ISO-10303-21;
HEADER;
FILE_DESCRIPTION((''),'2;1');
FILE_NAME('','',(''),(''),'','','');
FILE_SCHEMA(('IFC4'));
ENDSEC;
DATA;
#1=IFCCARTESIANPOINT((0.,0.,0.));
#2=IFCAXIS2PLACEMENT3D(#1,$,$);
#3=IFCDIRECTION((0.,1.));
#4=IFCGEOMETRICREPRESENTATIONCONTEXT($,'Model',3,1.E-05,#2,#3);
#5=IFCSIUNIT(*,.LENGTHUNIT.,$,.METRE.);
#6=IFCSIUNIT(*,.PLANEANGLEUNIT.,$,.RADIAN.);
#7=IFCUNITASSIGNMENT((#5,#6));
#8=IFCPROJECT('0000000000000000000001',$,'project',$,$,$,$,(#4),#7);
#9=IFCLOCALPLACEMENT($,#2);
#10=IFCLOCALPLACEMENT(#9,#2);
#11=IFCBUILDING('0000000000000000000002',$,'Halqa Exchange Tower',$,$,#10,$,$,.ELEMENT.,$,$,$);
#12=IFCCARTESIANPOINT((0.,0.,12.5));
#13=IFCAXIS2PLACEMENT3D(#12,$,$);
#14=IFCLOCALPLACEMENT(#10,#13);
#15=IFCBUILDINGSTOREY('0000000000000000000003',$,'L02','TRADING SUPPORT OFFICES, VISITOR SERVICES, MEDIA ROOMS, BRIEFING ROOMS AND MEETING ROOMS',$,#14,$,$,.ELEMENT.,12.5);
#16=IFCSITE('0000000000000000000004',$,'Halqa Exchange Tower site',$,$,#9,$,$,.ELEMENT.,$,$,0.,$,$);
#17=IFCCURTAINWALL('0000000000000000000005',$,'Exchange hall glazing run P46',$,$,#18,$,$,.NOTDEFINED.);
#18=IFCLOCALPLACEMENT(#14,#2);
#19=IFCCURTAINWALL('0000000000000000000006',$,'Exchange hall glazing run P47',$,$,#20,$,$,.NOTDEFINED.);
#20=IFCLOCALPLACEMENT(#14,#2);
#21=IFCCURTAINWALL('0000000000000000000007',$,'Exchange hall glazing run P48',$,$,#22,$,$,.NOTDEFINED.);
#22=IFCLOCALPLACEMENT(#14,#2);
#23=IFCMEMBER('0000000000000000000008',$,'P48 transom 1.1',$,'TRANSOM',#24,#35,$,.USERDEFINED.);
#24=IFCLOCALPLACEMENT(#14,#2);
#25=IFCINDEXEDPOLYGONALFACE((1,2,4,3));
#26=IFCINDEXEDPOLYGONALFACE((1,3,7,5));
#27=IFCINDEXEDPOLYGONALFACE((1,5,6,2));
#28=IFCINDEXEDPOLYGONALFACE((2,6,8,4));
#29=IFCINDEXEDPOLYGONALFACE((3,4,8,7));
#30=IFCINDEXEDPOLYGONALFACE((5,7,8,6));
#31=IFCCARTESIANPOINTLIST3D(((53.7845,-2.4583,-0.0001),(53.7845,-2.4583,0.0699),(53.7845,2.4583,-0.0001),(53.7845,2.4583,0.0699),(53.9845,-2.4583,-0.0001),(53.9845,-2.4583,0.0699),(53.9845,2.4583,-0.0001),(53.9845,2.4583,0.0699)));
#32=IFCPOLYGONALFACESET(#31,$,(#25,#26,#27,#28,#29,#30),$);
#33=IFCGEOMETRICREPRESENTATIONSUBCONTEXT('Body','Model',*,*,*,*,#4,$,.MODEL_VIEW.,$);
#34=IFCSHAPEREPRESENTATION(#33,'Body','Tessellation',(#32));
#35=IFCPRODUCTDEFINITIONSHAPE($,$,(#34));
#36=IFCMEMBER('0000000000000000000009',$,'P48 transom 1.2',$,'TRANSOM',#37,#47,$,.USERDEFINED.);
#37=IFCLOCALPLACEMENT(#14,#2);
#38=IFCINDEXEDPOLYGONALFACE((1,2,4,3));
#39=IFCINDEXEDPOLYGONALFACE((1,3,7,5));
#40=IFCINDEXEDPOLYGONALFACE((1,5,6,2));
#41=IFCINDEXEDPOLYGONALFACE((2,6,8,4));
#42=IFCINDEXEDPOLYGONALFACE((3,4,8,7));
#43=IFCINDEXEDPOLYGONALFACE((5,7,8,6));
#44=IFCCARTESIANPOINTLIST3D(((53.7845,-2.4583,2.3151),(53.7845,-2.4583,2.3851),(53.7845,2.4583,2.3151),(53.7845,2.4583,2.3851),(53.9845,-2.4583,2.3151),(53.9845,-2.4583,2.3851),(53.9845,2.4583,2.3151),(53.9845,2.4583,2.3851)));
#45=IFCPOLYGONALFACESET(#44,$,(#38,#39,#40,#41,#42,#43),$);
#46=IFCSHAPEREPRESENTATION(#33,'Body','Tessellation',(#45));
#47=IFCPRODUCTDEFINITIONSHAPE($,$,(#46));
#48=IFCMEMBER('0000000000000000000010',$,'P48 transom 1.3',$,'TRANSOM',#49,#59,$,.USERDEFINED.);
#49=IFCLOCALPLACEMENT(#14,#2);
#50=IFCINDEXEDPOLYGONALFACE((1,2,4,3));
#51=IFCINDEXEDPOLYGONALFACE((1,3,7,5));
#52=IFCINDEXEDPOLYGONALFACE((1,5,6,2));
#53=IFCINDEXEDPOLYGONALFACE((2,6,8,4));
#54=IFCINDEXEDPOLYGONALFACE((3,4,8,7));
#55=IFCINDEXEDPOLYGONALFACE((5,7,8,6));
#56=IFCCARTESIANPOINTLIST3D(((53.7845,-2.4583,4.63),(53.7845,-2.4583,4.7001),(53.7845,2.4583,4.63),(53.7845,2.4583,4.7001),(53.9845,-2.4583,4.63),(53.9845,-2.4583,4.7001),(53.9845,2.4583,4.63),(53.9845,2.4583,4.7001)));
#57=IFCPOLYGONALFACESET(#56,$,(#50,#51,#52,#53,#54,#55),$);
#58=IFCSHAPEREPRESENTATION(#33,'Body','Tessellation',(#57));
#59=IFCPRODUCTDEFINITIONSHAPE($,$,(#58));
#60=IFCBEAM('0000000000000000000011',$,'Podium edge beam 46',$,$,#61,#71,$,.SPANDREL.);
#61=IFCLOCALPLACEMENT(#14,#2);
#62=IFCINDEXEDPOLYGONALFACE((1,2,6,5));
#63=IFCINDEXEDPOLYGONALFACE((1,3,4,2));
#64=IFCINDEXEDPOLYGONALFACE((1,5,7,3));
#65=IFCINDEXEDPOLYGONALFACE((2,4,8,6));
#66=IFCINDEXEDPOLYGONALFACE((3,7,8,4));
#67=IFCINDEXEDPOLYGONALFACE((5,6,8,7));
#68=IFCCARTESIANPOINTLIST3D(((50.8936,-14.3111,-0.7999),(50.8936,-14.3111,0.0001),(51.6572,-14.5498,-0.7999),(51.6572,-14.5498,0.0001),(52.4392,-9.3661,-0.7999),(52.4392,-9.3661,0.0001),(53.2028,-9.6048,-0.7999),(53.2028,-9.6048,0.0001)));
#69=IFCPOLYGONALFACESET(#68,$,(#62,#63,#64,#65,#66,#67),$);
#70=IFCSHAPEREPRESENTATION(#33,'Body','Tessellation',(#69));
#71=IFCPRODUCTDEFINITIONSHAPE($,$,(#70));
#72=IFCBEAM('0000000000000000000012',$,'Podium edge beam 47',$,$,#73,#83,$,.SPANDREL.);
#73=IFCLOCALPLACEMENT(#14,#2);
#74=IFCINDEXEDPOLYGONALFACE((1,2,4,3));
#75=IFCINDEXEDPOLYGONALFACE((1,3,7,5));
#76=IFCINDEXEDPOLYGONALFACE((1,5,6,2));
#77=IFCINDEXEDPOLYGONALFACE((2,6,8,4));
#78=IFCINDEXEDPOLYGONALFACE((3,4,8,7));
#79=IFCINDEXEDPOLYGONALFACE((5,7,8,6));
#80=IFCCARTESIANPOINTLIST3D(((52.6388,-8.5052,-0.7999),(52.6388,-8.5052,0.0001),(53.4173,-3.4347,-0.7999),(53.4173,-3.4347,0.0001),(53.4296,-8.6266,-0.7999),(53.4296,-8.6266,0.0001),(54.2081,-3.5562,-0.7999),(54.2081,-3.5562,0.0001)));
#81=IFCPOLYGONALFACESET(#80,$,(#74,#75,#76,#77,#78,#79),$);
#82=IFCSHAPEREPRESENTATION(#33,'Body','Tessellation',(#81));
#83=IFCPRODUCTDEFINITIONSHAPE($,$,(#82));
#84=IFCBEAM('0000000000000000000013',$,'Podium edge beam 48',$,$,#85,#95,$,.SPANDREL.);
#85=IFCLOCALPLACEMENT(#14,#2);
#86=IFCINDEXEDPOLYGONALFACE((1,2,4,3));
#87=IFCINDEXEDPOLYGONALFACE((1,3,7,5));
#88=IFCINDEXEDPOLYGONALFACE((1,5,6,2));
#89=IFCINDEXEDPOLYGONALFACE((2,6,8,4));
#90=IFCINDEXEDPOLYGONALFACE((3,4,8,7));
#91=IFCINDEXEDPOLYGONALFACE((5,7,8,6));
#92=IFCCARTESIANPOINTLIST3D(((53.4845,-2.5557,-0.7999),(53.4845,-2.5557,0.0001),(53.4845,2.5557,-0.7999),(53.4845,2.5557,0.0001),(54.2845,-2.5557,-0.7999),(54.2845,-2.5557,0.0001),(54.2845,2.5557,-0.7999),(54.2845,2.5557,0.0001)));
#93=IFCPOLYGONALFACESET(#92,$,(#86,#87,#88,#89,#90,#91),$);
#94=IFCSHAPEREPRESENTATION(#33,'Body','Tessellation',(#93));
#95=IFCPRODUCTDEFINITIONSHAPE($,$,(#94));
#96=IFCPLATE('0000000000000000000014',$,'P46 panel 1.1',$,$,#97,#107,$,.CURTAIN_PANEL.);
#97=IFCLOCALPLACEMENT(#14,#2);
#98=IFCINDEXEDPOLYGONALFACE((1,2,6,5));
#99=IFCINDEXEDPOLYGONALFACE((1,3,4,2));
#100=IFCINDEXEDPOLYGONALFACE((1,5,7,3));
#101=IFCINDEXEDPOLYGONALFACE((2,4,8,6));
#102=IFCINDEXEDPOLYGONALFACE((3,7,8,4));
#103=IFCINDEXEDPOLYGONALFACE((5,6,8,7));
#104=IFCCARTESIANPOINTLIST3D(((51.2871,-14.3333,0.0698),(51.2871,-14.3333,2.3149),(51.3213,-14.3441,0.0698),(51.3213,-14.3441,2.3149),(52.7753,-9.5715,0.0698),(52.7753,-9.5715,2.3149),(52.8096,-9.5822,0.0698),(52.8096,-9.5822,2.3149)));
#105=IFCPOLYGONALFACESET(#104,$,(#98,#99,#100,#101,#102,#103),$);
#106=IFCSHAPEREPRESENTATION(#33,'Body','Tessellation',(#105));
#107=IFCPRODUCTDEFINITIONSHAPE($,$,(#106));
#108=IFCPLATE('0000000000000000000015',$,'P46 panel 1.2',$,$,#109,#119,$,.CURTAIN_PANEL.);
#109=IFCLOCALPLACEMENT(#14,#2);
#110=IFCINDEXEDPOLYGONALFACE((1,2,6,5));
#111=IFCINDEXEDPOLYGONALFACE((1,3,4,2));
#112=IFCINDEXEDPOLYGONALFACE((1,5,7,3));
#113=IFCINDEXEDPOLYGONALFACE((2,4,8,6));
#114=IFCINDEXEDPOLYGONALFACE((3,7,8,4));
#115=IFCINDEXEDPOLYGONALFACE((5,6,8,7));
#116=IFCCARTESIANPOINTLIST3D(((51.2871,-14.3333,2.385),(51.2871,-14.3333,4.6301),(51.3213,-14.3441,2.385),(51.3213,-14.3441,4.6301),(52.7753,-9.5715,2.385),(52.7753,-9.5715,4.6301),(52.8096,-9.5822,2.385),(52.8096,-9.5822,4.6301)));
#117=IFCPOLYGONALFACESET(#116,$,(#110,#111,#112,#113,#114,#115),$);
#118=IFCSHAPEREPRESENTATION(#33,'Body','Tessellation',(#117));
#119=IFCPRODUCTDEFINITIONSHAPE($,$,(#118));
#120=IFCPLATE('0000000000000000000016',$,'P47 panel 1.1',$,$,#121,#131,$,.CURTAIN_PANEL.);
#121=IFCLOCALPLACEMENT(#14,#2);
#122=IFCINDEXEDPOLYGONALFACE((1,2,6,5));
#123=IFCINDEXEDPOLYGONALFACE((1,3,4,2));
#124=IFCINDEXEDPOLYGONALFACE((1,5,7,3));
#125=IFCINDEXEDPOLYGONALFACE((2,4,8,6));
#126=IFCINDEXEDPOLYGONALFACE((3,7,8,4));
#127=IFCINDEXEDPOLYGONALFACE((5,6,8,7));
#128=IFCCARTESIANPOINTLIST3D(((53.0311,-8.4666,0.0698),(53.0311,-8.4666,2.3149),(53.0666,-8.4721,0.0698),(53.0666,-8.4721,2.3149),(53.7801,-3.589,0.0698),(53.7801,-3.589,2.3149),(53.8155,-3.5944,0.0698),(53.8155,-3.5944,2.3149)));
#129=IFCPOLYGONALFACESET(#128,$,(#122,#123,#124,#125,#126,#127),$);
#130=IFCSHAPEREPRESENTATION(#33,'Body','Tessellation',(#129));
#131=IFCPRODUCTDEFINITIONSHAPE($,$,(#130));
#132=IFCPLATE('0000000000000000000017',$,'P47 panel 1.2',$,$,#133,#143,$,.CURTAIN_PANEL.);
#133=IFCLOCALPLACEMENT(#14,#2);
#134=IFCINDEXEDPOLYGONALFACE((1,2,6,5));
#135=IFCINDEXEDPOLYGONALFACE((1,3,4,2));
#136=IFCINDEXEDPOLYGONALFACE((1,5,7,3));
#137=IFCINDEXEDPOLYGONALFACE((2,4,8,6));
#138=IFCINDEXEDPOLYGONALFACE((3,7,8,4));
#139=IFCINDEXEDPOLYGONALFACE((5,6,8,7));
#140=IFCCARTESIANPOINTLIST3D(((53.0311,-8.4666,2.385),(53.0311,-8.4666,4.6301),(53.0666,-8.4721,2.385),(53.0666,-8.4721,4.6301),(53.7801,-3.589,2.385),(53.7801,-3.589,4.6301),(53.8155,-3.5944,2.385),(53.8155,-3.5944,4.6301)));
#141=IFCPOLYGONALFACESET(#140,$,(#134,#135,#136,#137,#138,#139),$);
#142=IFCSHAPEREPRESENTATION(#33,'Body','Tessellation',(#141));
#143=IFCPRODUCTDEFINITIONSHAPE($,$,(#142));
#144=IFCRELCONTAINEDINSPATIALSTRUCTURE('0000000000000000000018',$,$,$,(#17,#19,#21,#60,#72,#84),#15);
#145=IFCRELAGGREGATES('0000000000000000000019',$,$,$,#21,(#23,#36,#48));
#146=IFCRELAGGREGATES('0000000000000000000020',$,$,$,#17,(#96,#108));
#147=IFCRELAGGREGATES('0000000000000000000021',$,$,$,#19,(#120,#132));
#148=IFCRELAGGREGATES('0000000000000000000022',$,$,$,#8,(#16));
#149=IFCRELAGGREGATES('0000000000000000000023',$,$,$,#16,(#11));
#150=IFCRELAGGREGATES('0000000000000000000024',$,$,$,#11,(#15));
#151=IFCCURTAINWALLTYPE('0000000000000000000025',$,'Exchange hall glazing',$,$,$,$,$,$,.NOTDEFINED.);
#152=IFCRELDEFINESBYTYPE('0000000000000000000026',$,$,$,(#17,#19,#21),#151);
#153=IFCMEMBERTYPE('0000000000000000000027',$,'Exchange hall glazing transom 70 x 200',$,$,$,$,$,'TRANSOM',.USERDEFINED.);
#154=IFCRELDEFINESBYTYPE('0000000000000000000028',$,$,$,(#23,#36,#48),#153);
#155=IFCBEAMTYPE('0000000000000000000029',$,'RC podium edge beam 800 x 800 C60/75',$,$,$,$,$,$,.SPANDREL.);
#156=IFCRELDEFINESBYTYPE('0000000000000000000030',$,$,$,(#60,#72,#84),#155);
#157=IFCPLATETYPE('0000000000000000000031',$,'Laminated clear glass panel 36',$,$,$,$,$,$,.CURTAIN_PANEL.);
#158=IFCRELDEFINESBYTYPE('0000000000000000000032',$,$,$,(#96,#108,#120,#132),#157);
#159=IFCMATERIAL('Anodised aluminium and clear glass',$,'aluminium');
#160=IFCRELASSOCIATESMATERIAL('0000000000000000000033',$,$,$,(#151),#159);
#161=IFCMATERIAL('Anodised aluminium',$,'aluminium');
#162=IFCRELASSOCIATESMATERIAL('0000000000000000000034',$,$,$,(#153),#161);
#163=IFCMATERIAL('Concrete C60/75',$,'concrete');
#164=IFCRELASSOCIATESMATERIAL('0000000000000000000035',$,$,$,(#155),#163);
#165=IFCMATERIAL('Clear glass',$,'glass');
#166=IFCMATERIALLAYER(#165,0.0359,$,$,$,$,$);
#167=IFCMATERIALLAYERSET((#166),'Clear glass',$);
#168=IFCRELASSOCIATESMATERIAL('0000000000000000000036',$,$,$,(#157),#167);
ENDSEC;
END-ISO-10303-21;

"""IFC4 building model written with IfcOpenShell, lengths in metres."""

from ifc_helpers import new_model, si_unit, direction, frame, origin, origin_2d, place, context, subcontext, project, spatial, rectangle, extrude, material, layer, layer_set, material_profile, profile_set, type_object, element, aggregate, save


model = new_model("IFC4")

# Units and contexts
model_context = context("Model", 3, precision=1e-05, world=origin(), true_north=direction((0.0, 1.0)))
body_context = subcontext(model_context, "Body", "Model", "MODEL_VIEW")
ifc_project = project(units=[si_unit("LENGTHUNIT", "METRE"), si_unit("PLANEANGLEUNIT", "RADIAN")], contexts=[model_context])

# Site, building, storey
site_placement = place(None, origin())
site = spatial("IfcSite", under=ifc_project, at=site_placement, Name="Halqa Exchange Tower site", CompositionType="ELEMENT", RefElevation=0.0)
building_placement = place(site_placement, origin())
building = spatial("IfcBuilding", under=site, at=building_placement, Name="Halqa Exchange Tower", CompositionType="ELEMENT")
storey_placement = place(building_placement, frame((0.0, 0.0, 12.5)))
storey = spatial("IfcBuildingStorey", under=building, at=storey_placement, Name="L02", Description="TRADING SUPPORT OFFICES, VISITOR SERVICES, MEDIA ROOMS, BRIEFING ROOMS AND MEETING ROOMS", CompositionType="ELEMENT", Elevation=12.5)

# Shared definitions
ifc_material_1 = material(Name="Concrete C60/75", Category="concrete")

# Shared definitions
ifc_material_2 = material(Name="Anodised aluminium and clear glass", Category="aluminium")
curtain_wall_type = type_object("IfcCurtainWallType", Name="Exchange hall glazing", PredefinedType="NOTDEFINED", material=ifc_material_2)
ifc_material_3 = material(Name="Anodised aluminium", Category="aluminium")

# Curtain walls
curtain_wall_1_placement = place(storey_placement, origin())
curtain_wall_1 = element("IfcCurtainWall", 1, at=curtain_wall_1_placement, inside=storey, type_object=curtain_wall_type, Name="Exchange hall glazing run P46", PredefinedType="NOTDEFINED")
curtain_wall_2_placement = place(storey_placement, origin())
curtain_wall_2 = element("IfcCurtainWall", 2, at=curtain_wall_2_placement, inside=storey, type_object=curtain_wall_type, Name="Exchange hall glazing run P47", PredefinedType="NOTDEFINED")

# Curtain wall
curtain_wall_3_placement = place(storey_placement, origin())
curtain_wall_3 = element("IfcCurtainWall", 3, at=curtain_wall_3_placement, inside=storey, type_object=curtain_wall_type, Name="Exchange hall glazing run P48", PredefinedType="NOTDEFINED")

# Members
ifc_material_profile_1 = material_profile(ifc_material_3, rectangle(XDim=0.2, YDim=0.0701, at=origin_2d()), Name="AL 70x200")
ifc_profile_set_1 = profile_set([ifc_material_profile_1], Name="Anodised aluminium")
member_type_1 = type_object("IfcMemberType", Name="Exchange hall glazing transom 70 x 200", ElementType="TRANSOM", PredefinedType="USERDEFINED", material=ifc_profile_set_1)
member_1_placement = place(storey_placement, frame((53.8845, -2.4583, 0.0349), z_axis=(0.0, 1.0, 0.0), x_axis=(-1.0, 0.0, 0.0)))
member_1 = element("IfcMember", 4, at=member_1_placement, type_object=member_type_1, Name="P48 transom 1.1", ObjectType="TRANSOM", PredefinedType="USERDEFINED", context=body_context, shape_type="SweptSolid", body=[
    extrude(rectangle(XDim=0.2, YDim=0.0701, at=origin_2d()), origin(), (0.0, 0.0, 1.0), 4.9165),
])
member_2_placement = place(storey_placement, frame((53.8845, -2.4583, 2.3501), z_axis=(0.0, 1.0, 0.0), x_axis=(-1.0, 0.0, 0.0)))
member_2 = element("IfcMember", 5, at=member_2_placement, type_object=member_type_1, Name="P48 transom 1.2", ObjectType="TRANSOM", PredefinedType="USERDEFINED", context=body_context, shape_type="SweptSolid", body=[
    extrude(rectangle(XDim=0.2, YDim=0.0701, at=origin_2d()), origin(), (0.0, 0.0, 1.0), 4.9165),
])
member_3_placement = place(storey_placement, frame((53.8845, -2.4583, 4.665), z_axis=(0.0, 1.0, 0.0), x_axis=(-1.0, 0.0, 0.0)))
member_3 = element("IfcMember", 6, at=member_3_placement, type_object=member_type_1, Name="P48 transom 1.3", ObjectType="TRANSOM", PredefinedType="USERDEFINED", context=body_context, shape_type="SweptSolid", body=[
    extrude(rectangle(XDim=0.2, YDim=0.0701, at=origin_2d()), origin(), (0.0, 0.0, 1.0), 4.9165),
])
aggregate(curtain_wall_3, [member_1, member_2, member_3])

# Beams
ifc_material_profile_2 = material_profile(ifc_material_1, rectangle(XDim=0.8, YDim=0.8, at=origin_2d()), Name="800 x 800")
ifc_profile_set_2 = profile_set([ifc_material_profile_2], Name="Concrete C60/75")
beam_type = type_object("IfcBeamType", Name="RC podium edge beam 800 x 800 C60/75", PredefinedType="SPANDREL", material=ifc_profile_set_2)
beam_1_placement = place(storey_placement, frame((51.2754, -14.4304, -0.3999), z_axis=(0.298331, 0.954462, 0.0), x_axis=(-0.954462, 0.298331, 0.0)))
element("IfcBeam", 7, at=beam_1_placement, inside=storey, type_object=beam_type, Name="Podium edge beam 46", PredefinedType="SPANDREL", context=body_context, shape_type="SweptSolid", body=[
    extrude(rectangle(XDim=0.8, YDim=0.8, at=origin_2d()), origin(), (0.0, 0.0, 1.0), 5.1809),
])
beam_2_placement = place(storey_placement, frame((53.0342, -8.5659, -0.3999), z_axis=(0.151768, 0.988416, 0.0), x_axis=(-0.988416, 0.151768, 0.0)))
element("IfcBeam", 8, at=beam_2_placement, inside=storey, type_object=beam_type, Name="Podium edge beam 47", PredefinedType="SPANDREL", context=body_context, shape_type="SweptSolid", body=[
    extrude(rectangle(XDim=0.8, YDim=0.8, at=origin_2d()), origin(), (0.0, 0.0, 1.0), 5.1299),
])
beam_3_placement = place(storey_placement, frame((53.8845, -2.5557, -0.3999), z_axis=(0.0, 1.0, 0.0), x_axis=(-1.0, 0.0, 0.0)))
element("IfcBeam", 9, at=beam_3_placement, inside=storey, type_object=beam_type, Name="Podium edge beam 48", PredefinedType="SPANDREL", context=body_context, shape_type="SweptSolid", body=[
    extrude(rectangle(XDim=0.8, YDim=0.8, at=origin_2d()), origin(), (0.0, 0.0, 1.0), 5.1113),
])

# Plates
ifc_material_4 = material(Name="Clear glass", Category="glass")
ifc_layer = layer(ifc_material_4, 0.0359)
ifc_layer_set = layer_set([ifc_layer], Name="Clear glass")
plate_type = type_object("IfcPlateType", Name="Laminated clear glass panel 36", PredefinedType="CURTAIN_PANEL", material=ifc_layer_set)
plate_1_placement = place(storey_placement, frame((52.0483, -11.9578, 0.0698), z_axis=(0.0, 0.0, 1.0), x_axis=(0.298303, 0.954471, 0.0)))
plate_1 = element("IfcPlate", 10, at=plate_1_placement, type_object=plate_type, Name="P46 panel 1.1", PredefinedType="CURTAIN_PANEL", context=body_context, shape_type="SweptSolid", body=[
    extrude(rectangle(XDim=4.989, YDim=0.0359, at=origin_2d()), origin(), (0.0, 0.0, 1.0), 2.2451),
])
plate_2_placement = place(storey_placement, frame((52.0483, -11.9578, 2.385), z_axis=(0.0, 0.0, 1.0), x_axis=(0.298303, 0.954471, 0.0)))
plate_2 = element("IfcPlate", 11, at=plate_2_placement, type_object=plate_type, Name="P46 panel 1.2", PredefinedType="CURTAIN_PANEL", context=body_context, shape_type="SweptSolid", body=[
    extrude(rectangle(XDim=4.989, YDim=0.0359, at=origin_2d()), origin(), (0.0, 0.0, 1.0), 2.2451),
])
aggregate(curtain_wall_1, [plate_1, plate_2])
plate_3_placement = place(storey_placement, frame((53.4233, -6.0305, 0.0698), z_axis=(0.0, 0.0, 1.0), x_axis=(0.151767, 0.988416, 0.0)))
plate_3 = element("IfcPlate", 12, at=plate_3_placement, type_object=plate_type, Name="P47 panel 1.1", PredefinedType="CURTAIN_PANEL", context=body_context, shape_type="SweptSolid", body=[
    extrude(rectangle(XDim=4.9348, YDim=0.0359, at=origin_2d()), origin(), (0.0, 0.0, 1.0), 2.2451),
])
plate_4_placement = place(storey_placement, frame((53.4233, -6.0305, 2.385), z_axis=(0.0, 0.0, 1.0), x_axis=(0.151767, 0.988416, 0.0)))
plate_4 = element("IfcPlate", 13, at=plate_4_placement, type_object=plate_type, Name="P47 panel 1.2", PredefinedType="CURTAIN_PANEL", context=body_context, shape_type="SweptSolid", body=[
    extrude(rectangle(XDim=4.9348, YDim=0.0359, at=origin_2d()), origin(), (0.0, 0.0, 1.0), 2.2451),
])
aggregate(curtain_wall_2, [plate_3, plate_4])

save(model, "model.ifc")
